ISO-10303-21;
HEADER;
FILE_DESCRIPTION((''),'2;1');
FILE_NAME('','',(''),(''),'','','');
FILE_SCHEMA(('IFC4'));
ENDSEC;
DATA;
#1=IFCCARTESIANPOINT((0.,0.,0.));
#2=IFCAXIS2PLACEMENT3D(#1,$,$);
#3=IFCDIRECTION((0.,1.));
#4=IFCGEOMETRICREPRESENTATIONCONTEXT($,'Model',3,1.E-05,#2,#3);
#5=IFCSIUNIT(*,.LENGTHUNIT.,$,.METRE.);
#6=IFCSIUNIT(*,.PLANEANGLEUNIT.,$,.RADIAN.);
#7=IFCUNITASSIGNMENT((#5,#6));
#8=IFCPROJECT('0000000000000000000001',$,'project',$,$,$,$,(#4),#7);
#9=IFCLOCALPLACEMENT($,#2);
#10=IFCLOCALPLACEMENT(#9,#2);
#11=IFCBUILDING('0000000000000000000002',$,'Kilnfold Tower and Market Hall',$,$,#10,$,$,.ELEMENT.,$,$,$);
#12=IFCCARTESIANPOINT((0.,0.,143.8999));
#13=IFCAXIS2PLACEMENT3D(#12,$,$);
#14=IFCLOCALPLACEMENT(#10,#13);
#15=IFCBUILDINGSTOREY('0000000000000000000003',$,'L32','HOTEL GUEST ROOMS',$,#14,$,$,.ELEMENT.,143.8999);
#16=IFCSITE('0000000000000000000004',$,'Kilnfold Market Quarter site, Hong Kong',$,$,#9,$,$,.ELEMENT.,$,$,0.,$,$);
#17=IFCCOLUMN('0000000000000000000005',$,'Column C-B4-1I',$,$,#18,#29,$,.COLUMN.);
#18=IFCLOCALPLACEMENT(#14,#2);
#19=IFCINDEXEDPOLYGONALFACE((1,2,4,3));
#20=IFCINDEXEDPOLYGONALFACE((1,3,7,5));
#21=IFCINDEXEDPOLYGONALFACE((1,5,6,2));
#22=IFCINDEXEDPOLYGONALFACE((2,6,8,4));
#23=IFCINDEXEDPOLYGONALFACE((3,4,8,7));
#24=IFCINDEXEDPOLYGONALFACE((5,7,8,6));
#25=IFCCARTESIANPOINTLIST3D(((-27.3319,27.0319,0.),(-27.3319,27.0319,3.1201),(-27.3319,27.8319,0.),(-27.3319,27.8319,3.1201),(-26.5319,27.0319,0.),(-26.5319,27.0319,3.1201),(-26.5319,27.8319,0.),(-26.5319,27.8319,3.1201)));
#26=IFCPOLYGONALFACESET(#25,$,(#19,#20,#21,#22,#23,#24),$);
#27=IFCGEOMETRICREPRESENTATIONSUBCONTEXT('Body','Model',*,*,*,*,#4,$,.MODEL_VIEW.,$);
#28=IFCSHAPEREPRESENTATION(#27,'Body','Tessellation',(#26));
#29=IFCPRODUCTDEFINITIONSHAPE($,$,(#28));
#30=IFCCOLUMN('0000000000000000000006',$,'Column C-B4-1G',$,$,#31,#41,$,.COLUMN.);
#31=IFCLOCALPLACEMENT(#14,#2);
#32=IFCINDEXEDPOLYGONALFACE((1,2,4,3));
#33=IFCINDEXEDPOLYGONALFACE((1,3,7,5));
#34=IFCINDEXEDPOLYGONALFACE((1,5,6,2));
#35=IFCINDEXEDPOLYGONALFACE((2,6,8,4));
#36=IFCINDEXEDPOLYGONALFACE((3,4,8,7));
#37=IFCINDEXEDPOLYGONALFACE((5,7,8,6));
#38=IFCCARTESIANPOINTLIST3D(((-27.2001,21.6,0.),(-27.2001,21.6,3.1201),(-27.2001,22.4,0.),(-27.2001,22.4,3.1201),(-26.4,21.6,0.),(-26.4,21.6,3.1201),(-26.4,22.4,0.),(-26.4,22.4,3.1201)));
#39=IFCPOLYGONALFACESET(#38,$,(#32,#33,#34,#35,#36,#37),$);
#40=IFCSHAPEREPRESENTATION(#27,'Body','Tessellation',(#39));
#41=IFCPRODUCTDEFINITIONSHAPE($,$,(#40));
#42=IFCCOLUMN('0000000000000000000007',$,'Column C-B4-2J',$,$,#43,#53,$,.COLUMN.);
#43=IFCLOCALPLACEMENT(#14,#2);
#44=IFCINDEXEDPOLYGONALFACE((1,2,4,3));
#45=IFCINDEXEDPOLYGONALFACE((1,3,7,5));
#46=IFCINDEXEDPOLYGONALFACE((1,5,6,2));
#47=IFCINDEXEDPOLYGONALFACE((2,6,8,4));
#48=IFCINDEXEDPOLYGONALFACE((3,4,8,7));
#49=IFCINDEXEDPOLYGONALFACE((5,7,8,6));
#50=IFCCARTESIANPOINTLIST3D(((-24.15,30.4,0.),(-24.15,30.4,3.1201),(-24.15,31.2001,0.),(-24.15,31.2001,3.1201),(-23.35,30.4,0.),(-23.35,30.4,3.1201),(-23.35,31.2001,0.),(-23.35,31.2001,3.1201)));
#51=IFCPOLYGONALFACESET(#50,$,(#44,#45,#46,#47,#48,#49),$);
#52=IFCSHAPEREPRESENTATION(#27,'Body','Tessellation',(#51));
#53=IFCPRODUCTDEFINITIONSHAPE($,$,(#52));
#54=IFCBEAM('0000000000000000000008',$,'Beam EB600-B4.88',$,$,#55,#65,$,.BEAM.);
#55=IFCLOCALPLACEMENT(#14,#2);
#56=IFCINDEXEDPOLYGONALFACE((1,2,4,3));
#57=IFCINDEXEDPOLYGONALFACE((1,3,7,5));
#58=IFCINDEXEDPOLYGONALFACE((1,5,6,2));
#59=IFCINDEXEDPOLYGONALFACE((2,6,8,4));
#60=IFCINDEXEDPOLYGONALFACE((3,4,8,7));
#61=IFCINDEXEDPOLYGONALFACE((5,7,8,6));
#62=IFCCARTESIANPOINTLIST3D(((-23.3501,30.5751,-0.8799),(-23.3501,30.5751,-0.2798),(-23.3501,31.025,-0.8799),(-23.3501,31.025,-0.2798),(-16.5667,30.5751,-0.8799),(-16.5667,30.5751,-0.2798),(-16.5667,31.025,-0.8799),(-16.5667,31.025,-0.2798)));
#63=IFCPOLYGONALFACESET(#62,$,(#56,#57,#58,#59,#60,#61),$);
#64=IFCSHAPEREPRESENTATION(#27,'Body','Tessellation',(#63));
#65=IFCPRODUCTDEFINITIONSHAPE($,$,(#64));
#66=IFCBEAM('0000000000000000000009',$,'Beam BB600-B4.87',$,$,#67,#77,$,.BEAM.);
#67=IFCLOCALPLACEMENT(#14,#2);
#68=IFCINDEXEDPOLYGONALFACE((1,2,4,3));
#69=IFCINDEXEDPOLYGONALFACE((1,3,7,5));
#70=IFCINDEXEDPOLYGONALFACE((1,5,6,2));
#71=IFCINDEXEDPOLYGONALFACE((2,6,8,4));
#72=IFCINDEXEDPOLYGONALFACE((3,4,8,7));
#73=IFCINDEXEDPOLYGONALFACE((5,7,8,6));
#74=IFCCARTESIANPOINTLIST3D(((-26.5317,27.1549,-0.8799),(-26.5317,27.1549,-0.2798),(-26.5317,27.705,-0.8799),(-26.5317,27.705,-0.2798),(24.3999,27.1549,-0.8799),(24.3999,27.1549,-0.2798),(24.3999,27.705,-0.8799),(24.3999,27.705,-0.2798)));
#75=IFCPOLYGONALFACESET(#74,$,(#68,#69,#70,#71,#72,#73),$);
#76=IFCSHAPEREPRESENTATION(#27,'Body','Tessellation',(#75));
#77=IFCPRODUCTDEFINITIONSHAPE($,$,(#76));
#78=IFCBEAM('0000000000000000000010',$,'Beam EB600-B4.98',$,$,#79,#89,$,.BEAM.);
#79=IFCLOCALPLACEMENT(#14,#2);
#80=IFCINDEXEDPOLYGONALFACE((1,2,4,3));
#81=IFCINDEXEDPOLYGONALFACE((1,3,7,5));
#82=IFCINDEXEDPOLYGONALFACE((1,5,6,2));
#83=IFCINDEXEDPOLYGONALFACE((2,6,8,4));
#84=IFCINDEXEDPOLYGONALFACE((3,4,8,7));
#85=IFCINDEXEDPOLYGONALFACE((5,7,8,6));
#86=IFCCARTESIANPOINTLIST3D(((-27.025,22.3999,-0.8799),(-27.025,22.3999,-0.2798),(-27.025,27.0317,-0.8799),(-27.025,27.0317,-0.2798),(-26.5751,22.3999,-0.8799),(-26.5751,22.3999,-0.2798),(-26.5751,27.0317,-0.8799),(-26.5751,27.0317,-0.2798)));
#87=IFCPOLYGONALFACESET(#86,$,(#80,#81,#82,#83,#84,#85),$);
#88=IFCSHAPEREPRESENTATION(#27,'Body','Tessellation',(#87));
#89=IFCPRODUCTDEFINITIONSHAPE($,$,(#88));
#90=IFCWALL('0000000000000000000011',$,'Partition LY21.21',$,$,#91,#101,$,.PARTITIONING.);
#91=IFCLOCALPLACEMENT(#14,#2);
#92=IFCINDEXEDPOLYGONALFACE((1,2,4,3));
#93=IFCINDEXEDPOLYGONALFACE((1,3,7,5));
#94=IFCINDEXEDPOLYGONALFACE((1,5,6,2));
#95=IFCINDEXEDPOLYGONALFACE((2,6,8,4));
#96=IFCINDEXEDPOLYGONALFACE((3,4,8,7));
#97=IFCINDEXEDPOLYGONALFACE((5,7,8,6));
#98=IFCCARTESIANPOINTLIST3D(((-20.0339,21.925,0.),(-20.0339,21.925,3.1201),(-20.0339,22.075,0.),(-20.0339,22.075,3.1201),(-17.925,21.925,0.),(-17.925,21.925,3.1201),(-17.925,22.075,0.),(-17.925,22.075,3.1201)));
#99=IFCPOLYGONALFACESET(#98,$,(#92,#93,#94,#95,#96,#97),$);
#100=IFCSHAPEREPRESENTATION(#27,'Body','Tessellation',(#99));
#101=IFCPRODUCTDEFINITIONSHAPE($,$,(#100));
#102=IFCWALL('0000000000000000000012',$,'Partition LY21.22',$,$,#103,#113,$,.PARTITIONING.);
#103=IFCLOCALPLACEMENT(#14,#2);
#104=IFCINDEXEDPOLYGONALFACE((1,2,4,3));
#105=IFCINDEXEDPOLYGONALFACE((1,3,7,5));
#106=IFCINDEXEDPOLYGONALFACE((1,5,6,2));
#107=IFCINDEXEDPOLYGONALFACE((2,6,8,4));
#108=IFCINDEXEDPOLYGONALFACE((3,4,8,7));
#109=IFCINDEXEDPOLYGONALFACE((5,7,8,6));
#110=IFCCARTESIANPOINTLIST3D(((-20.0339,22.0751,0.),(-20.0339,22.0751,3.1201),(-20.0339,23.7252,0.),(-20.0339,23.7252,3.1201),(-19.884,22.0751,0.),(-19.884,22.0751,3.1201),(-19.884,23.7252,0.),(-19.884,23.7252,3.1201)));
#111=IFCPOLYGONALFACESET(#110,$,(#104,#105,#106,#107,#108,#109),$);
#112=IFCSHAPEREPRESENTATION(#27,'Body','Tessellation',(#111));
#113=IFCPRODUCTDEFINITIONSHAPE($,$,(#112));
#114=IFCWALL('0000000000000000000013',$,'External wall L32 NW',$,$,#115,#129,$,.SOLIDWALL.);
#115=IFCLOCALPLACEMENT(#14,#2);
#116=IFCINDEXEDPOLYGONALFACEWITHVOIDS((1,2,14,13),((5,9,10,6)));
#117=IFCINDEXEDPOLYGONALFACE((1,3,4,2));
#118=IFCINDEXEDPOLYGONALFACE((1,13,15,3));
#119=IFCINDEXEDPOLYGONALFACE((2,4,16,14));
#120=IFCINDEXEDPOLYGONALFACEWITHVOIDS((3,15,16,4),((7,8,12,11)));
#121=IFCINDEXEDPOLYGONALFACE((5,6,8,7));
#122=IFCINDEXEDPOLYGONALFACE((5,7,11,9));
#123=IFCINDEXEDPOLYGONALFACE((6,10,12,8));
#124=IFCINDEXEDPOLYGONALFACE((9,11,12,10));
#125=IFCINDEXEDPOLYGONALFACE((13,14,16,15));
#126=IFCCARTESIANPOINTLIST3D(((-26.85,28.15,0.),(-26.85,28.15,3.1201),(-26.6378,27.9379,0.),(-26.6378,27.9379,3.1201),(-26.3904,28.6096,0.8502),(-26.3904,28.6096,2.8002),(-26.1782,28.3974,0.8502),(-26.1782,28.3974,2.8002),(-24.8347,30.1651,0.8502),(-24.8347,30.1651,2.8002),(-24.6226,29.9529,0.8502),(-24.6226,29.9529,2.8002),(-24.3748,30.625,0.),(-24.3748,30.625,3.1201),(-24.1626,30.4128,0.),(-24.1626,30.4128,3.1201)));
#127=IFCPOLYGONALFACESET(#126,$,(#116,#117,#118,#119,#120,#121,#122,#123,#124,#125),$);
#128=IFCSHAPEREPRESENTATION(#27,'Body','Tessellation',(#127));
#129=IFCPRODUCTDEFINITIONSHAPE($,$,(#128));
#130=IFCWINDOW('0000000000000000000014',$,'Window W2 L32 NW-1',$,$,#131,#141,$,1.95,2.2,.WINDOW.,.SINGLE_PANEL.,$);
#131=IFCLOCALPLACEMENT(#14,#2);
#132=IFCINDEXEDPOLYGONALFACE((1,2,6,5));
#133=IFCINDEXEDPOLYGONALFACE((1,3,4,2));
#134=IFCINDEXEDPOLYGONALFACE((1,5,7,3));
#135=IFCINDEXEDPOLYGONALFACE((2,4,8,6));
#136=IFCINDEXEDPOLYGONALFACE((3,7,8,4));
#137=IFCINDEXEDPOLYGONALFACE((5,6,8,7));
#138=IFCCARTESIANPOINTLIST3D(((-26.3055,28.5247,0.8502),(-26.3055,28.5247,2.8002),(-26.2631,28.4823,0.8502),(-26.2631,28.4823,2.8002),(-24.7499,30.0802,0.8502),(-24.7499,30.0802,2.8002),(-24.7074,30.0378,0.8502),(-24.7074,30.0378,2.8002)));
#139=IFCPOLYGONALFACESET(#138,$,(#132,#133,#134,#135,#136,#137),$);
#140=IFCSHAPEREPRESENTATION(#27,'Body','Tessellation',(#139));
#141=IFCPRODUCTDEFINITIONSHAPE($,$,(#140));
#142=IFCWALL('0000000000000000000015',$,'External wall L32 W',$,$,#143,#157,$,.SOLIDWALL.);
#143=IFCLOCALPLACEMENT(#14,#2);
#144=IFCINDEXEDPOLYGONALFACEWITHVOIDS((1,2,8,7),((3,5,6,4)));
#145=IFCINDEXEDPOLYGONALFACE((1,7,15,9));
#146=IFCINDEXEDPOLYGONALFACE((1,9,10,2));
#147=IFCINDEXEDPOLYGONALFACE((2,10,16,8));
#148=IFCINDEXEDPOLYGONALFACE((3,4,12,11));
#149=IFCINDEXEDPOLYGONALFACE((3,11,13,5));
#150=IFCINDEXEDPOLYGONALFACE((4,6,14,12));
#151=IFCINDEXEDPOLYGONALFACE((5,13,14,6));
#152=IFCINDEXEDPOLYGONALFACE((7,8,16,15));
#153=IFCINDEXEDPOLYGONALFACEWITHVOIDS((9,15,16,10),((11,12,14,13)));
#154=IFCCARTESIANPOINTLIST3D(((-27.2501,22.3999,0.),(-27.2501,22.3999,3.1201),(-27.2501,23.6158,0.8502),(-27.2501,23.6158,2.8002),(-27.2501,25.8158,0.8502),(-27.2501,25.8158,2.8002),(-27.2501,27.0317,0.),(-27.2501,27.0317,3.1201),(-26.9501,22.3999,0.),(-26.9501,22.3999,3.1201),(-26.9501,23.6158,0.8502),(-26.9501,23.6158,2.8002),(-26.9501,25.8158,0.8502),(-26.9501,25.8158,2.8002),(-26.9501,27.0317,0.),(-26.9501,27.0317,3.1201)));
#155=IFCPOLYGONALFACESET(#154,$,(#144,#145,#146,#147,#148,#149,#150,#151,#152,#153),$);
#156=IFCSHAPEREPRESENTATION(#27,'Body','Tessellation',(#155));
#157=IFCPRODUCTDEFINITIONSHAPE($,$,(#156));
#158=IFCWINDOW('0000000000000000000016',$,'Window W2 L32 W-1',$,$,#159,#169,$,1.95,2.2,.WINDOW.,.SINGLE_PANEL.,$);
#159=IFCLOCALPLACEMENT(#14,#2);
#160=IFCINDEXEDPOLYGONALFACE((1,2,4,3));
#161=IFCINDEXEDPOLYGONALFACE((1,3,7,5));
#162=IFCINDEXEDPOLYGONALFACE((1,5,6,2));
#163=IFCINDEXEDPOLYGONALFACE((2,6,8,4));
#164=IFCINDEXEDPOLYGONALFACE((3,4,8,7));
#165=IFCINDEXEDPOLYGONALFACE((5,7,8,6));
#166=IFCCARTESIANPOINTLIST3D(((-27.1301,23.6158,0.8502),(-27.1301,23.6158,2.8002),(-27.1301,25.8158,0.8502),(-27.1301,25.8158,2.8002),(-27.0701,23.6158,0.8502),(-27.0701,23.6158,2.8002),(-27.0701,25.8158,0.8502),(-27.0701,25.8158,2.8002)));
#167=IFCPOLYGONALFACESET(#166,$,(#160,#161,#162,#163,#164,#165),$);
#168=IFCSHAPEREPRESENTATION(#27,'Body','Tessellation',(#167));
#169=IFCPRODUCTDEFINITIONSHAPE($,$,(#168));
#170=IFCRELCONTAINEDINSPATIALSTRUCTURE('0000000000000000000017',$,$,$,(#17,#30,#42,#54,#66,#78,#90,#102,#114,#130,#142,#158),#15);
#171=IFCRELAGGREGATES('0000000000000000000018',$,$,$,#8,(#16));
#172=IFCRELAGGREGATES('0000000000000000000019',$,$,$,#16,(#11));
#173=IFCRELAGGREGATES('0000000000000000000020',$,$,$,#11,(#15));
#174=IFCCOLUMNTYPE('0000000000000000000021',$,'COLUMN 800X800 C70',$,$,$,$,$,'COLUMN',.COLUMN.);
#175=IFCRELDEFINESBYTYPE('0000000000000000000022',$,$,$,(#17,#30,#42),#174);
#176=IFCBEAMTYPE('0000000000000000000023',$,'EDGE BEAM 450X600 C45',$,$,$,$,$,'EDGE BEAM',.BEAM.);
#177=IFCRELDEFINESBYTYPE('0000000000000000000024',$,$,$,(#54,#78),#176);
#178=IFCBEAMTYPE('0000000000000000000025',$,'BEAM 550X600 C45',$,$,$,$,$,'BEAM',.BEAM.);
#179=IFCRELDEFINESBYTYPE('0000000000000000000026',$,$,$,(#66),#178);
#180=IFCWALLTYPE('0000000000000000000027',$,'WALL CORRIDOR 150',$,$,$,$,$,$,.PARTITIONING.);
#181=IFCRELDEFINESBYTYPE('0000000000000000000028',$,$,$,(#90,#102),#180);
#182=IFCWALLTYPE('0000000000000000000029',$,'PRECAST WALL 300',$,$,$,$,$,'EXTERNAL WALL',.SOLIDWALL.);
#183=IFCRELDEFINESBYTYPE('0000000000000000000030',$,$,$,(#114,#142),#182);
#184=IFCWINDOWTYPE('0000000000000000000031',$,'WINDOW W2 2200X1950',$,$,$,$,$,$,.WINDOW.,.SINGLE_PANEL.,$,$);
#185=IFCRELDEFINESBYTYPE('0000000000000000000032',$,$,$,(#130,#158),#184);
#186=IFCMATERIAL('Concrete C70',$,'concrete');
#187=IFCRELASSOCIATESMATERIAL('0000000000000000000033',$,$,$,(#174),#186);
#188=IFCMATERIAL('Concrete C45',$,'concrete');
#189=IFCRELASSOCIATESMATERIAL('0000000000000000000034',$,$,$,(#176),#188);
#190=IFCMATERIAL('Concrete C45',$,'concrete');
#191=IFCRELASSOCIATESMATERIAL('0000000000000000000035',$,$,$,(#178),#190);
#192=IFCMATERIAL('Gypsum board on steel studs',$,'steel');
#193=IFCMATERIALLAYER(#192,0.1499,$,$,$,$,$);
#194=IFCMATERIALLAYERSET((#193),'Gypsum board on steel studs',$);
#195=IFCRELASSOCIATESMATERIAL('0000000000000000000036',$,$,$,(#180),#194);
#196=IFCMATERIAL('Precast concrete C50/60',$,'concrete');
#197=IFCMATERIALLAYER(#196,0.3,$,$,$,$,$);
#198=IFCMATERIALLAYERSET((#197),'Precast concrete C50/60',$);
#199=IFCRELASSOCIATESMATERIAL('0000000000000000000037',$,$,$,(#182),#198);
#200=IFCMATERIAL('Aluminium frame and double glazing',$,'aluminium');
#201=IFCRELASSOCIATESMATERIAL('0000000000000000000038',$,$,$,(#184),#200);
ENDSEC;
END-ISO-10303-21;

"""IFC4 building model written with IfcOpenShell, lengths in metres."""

from ifc_helpers import new_model, si_unit, direction, frame, frame_2d, origin, origin_2d, place, context, subcontext, project, spatial, rectangle, extrude, source, transform, mapped, material, layer, layer_set, material_profile, profile_set, type_object, element, fill, save


model = new_model("IFC4")

# Units and contexts
model_context = context("Model", 3, precision=1e-05, world=origin(), true_north=direction((0.0, 1.0)))
body_context = subcontext(model_context, "Body", "Model", "MODEL_VIEW")
ifc_project = project(units=[si_unit("LENGTHUNIT", "METRE"), si_unit("PLANEANGLEUNIT", "RADIAN")], contexts=[model_context])

# Site, building, storey
site_placement = place(None, origin())
site = spatial("IfcSite", under=ifc_project, at=site_placement, Name="Kilnfold Market Quarter site, Hong Kong", CompositionType="ELEMENT", RefElevation=0.0)
building_placement = place(site_placement, origin())
building = spatial("IfcBuilding", under=site, at=building_placement, Name="Kilnfold Tower and Market Hall", CompositionType="ELEMENT")
storey_placement = place(building_placement, frame((0.0, 0.0, 143.8999)))
storey = spatial("IfcBuildingStorey", under=building, at=storey_placement, Name="L32", Description="HOTEL GUEST ROOMS", CompositionType="ELEMENT", Elevation=143.8999)

# Columns
ifc_material_1 = material(Name="Concrete C70", Category="concrete")
ifc_material_profile_1 = material_profile(ifc_material_1, rectangle(XDim=0.8, YDim=0.8, at=origin_2d()), Name="RC 800x800")
ifc_profile_set_1 = profile_set([ifc_material_profile_1], Name="Concrete C70")
column_type = type_object("IfcColumnType", Name="COLUMN 800X800 C70", ElementType="COLUMN", PredefinedType="COLUMN", material=ifc_profile_set_1)
shared_shape_1 = source(origin(), body_context, "Body", "SweptSolid", [
    extrude(rectangle(XDim=0.8, YDim=0.8, at=origin_2d()), origin(), (0.0, 0.0, 1.0), 3.1201),
])
for number, where, z_axis, x_axis, name in (
    (1, (-26.9319, 27.4319, 0.0), (0.0, 0.0, 1.0), (1.0, 0.0, 0.0), "Column C-B4-1I"),
    (2, (-26.8, 22.0, 0.0), (0.0, 0.0, 1.0), (1.0, 0.0, 0.0), "Column C-B4-1G"),
    (3, (-23.75, 30.8, 0.0), (0.0, 0.0, 1.0), (1.0, 0.0, 0.0), "Column C-B4-2J"),
):
    element("IfcColumn", number, at=place(storey_placement, frame(where, z_axis=z_axis, x_axis=x_axis)), inside=storey, type_object=column_type, Name=name, PredefinedType="COLUMN", context=body_context, shape_type="MappedRepresentation", body=[
        mapped(shared_shape_1, transform((0.0, 0.0, 0.0))),
    ])

# Beams
ifc_material_2 = material(Name="Concrete C45", Category="concrete")
ifc_material_profile_2 = material_profile(ifc_material_2, rectangle(XDim=0.45, YDim=0.6001, at=origin_2d()), Name="RC 450x600")
ifc_profile_set_2 = profile_set([ifc_material_profile_2], Name="Concrete C45")
beam_type_1 = type_object("IfcBeamType", Name="EDGE BEAM 450X600 C45", ElementType="EDGE BEAM", PredefinedType="BEAM", material=ifc_profile_set_2)
shared_shape_2 = source(origin(), body_context, "Body", "SweptSolid", [
    extrude(rectangle(XDim=0.45, YDim=0.6001, at=origin_2d()), origin(), (0.0, 0.0, 1.0), 6.7834),
])
beam_1_placement = place(storey_placement, frame((-23.3501, 30.8, -0.5798), z_axis=(1.0, 0.0, 0.0), x_axis=(0.0, 1.0, 0.0)))
element("IfcBeam", 4, at=beam_1_placement, inside=storey, type_object=beam_type_1, Name="Beam EB600-B4.88", PredefinedType="BEAM", context=body_context, shape_type="MappedRepresentation", body=[
    mapped(shared_shape_2, transform((0.0, 0.0, 0.0))),
])
ifc_material_3 = material(Name="Concrete C45", Category="concrete")
ifc_material_profile_3 = material_profile(ifc_material_3, rectangle(XDim=0.55, YDim=0.6001, at=origin_2d()), Name="RC 550x600")
ifc_profile_set_3 = profile_set([ifc_material_profile_3], Name="Concrete C45")
beam_type_2 = type_object("IfcBeamType", Name="BEAM 550X600 C45", ElementType="BEAM", PredefinedType="BEAM", material=ifc_profile_set_3)
shared_shape_3 = source(origin(), body_context, "Body", "SweptSolid", [
    extrude(rectangle(XDim=0.55, YDim=0.6001, at=origin_2d()), origin(), (0.0, 0.0, 1.0), 50.9316),
])
beam_2_placement = place(storey_placement, frame((-26.5317, 27.4299, -0.5798), z_axis=(1.0, 0.0, 0.0), x_axis=(0.0, 1.0, 0.0)))
element("IfcBeam", 5, at=beam_2_placement, inside=storey, type_object=beam_type_2, Name="Beam BB600-B4.87", PredefinedType="BEAM", context=body_context, shape_type="MappedRepresentation", body=[
    mapped(shared_shape_3, transform((0.0, 0.0, 0.0))),
])
shared_shape_4 = source(origin(), body_context, "Body", "SweptSolid", [
    extrude(rectangle(XDim=0.45, YDim=0.6001, at=origin_2d()), origin(), (0.0, 0.0, 1.0), 4.6318),
])
beam_3_placement = place(storey_placement, frame((-26.8, 22.3999, -0.5798), z_axis=(0.0, 1.0, 0.0), x_axis=(-1.0, 0.0, 0.0)))
element("IfcBeam", 6, at=beam_3_placement, inside=storey, type_object=beam_type_1, Name="Beam EB600-B4.98", PredefinedType="BEAM", context=body_context, shape_type="MappedRepresentation", body=[
    mapped(shared_shape_4, transform((0.0, 0.0, 0.0))),
])

# Walls
ifc_material_4 = material(Name="Gypsum board on steel studs", Category="steel")
ifc_layer_1 = layer(ifc_material_4, 0.1499)
ifc_layer_set_1 = layer_set([ifc_layer_1], Name="Gypsum board on steel studs")
wall_type_1 = type_object("IfcWallType", Name="WALL CORRIDOR 150", PredefinedType="PARTITIONING", material=ifc_layer_set_1)
wall_1_placement = place(storey_placement, frame((-20.0339, 22.0, 0.0), z_axis=(0.0, 0.0, 1.0), x_axis=(1.0, 0.0, 0.0)))
element("IfcWall", 7, at=wall_1_placement, inside=storey, type_object=wall_type_1, Name="Partition LY21.21", PredefinedType="PARTITIONING", context=body_context, shape_type="SweptSolid", body=[
    extrude(rectangle(XDim=2.1089, YDim=0.1499, at=frame_2d((1.0544, 0.0))), origin(), (0.0, 0.0, 1.0), 3.1201),
])
wall_2_placement = place(storey_placement, frame((-19.959, 22.075, 0.0), z_axis=(0.0, 0.0, 1.0), x_axis=(0.0, 1.0, 0.0)))
element("IfcWall", 8, at=wall_2_placement, inside=storey, type_object=wall_type_1, Name="Partition LY21.22", PredefinedType="PARTITIONING", context=body_context, shape_type="SweptSolid", body=[
    extrude(rectangle(XDim=1.6501, YDim=0.1499, at=frame_2d((0.8252, 0.0))), origin(), (0.0, 0.0, 1.0), 3.1201),
])

# Walls, openings, windows
ifc_material_5 = material(Name="Precast concrete C50/60", Category="concrete")
ifc_layer_2 = layer(ifc_material_5, 0.3)
ifc_layer_set_2 = layer_set([ifc_layer_2], Name="Precast concrete C50/60")
wall_type_2 = type_object("IfcWallType", Name="PRECAST WALL 300", ElementType="EXTERNAL WALL", PredefinedType="SOLIDWALL", material=ifc_layer_set_2)
shared_shape_5 = source(origin(), body_context, "Body", "SweptSolid", [
    extrude(rectangle(XDim=3.5002, YDim=0.3, at=frame_2d((1.75, 0.0))), origin(), (0.0, 0.0, 1.0), 3.1201),
])
wall_3_placement = place(storey_placement, frame((-24.2688, 30.5188, 0.0), z_axis=(0.0, 0.0, 1.0), x_axis=(-0.707142, -0.707072, 0.0)))
wall_3 = element("IfcWall", 9, at=wall_3_placement, inside=storey, type_object=wall_type_2, Name="External wall L32 NW", PredefinedType="SOLIDWALL", context=body_context, shape_type="MappedRepresentation", body=[
    mapped(shared_shape_5, transform((0.0, 0.0, 0.0))),
])
opening_1_placement = place(wall_3_placement, frame((0.6501, 0.0, 0.8501)))
opening_1 = element("IfcOpeningElement", 10, at=opening_1_placement, cuts=wall_3, PredefinedType="OPENING", context=body_context, shape_type="SweptSolid", body=[
    extrude(rectangle(XDim=2.2, YDim=1.95, at=frame_2d((1.1001, 0.9751))), frame((0.0, 0.1602, 0.0), z_axis=(0.0, -1.0, 0.0), x_axis=(1.0, 0.0, 0.0)), (0.0, 0.0, 1.0), 0.3201),
])
ifc_material_6 = material(Name="Aluminium frame and double glazing", Category="aluminium")
window_type = type_object("IfcWindowType", Name="WINDOW W2 2200X1950", PartitioningType="SINGLE_PANEL", PredefinedType="WINDOW", material=ifc_material_6)
window_1_placement = place(opening_1_placement, origin())
window_1 = element("IfcWindow", 11, at=window_1_placement, inside=storey, type_object=window_type, Name="Window W2 L32 NW-1", OverallHeight=1.95, OverallWidth=2.2, PartitioningType="SINGLE_PANEL", PredefinedType="WINDOW", context=body_context, shape_type="SweptSolid", body=[
    extrude(rectangle(XDim=2.2, YDim=1.95, at=frame_2d((1.1001, 0.9751))), frame((0.0, 0.03, 0.0), z_axis=(0.0, -1.0, 0.0), x_axis=(1.0, 0.0, 0.0)), (0.0, 0.0, 1.0), 0.0601),
])
fill(opening_1, window_1)
shared_shape_6 = source(origin(), body_context, "Body", "SweptSolid", [
    extrude(rectangle(XDim=4.6318, YDim=0.3, at=frame_2d((2.3159, 0.0))), origin(), (0.0, 0.0, 1.0), 3.1201),
])
wall_4_placement = place(storey_placement, frame((-27.1001, 27.0317, 0.0), z_axis=(0.0, 0.0, 1.0), x_axis=(0.0, -1.0, 0.0)))
wall_4 = element("IfcWall", 12, at=wall_4_placement, inside=storey, type_object=wall_type_2, Name="External wall L32 W", PredefinedType="SOLIDWALL", context=body_context, shape_type="MappedRepresentation", body=[
    mapped(shared_shape_6, transform((0.0, 0.0, 0.0))),
])
opening_2_placement = place(wall_4_placement, frame((1.2158, 0.0, 0.8501)))
opening_2 = element("IfcOpeningElement", 13, at=opening_2_placement, cuts=wall_4, PredefinedType="OPENING", context=body_context, shape_type="SweptSolid", body=[
    extrude(rectangle(XDim=2.2, YDim=1.95, at=frame_2d((1.1001, 0.9751))), frame((0.0, 0.1602, 0.0), z_axis=(0.0, -1.0, 0.0), x_axis=(1.0, 0.0, 0.0)), (0.0, 0.0, 1.0), 0.3201),
])
window_2_placement = place(opening_2_placement, origin())
window_2 = element("IfcWindow", 14, at=window_2_placement, inside=storey, type_object=window_type, Name="Window W2 L32 W-1", OverallHeight=1.95, OverallWidth=2.2, PartitioningType="SINGLE_PANEL", PredefinedType="WINDOW", context=body_context, shape_type="SweptSolid", body=[
    extrude(rectangle(XDim=2.2, YDim=1.95, at=frame_2d((1.1001, 0.9751))), frame((0.0, 0.03, 0.0), z_axis=(0.0, -1.0, 0.0), x_axis=(1.0, 0.0, 0.0)), (0.0, 0.0, 1.0), 0.0601),
])
fill(opening_2, window_2)

save(model, "model.ifc")
